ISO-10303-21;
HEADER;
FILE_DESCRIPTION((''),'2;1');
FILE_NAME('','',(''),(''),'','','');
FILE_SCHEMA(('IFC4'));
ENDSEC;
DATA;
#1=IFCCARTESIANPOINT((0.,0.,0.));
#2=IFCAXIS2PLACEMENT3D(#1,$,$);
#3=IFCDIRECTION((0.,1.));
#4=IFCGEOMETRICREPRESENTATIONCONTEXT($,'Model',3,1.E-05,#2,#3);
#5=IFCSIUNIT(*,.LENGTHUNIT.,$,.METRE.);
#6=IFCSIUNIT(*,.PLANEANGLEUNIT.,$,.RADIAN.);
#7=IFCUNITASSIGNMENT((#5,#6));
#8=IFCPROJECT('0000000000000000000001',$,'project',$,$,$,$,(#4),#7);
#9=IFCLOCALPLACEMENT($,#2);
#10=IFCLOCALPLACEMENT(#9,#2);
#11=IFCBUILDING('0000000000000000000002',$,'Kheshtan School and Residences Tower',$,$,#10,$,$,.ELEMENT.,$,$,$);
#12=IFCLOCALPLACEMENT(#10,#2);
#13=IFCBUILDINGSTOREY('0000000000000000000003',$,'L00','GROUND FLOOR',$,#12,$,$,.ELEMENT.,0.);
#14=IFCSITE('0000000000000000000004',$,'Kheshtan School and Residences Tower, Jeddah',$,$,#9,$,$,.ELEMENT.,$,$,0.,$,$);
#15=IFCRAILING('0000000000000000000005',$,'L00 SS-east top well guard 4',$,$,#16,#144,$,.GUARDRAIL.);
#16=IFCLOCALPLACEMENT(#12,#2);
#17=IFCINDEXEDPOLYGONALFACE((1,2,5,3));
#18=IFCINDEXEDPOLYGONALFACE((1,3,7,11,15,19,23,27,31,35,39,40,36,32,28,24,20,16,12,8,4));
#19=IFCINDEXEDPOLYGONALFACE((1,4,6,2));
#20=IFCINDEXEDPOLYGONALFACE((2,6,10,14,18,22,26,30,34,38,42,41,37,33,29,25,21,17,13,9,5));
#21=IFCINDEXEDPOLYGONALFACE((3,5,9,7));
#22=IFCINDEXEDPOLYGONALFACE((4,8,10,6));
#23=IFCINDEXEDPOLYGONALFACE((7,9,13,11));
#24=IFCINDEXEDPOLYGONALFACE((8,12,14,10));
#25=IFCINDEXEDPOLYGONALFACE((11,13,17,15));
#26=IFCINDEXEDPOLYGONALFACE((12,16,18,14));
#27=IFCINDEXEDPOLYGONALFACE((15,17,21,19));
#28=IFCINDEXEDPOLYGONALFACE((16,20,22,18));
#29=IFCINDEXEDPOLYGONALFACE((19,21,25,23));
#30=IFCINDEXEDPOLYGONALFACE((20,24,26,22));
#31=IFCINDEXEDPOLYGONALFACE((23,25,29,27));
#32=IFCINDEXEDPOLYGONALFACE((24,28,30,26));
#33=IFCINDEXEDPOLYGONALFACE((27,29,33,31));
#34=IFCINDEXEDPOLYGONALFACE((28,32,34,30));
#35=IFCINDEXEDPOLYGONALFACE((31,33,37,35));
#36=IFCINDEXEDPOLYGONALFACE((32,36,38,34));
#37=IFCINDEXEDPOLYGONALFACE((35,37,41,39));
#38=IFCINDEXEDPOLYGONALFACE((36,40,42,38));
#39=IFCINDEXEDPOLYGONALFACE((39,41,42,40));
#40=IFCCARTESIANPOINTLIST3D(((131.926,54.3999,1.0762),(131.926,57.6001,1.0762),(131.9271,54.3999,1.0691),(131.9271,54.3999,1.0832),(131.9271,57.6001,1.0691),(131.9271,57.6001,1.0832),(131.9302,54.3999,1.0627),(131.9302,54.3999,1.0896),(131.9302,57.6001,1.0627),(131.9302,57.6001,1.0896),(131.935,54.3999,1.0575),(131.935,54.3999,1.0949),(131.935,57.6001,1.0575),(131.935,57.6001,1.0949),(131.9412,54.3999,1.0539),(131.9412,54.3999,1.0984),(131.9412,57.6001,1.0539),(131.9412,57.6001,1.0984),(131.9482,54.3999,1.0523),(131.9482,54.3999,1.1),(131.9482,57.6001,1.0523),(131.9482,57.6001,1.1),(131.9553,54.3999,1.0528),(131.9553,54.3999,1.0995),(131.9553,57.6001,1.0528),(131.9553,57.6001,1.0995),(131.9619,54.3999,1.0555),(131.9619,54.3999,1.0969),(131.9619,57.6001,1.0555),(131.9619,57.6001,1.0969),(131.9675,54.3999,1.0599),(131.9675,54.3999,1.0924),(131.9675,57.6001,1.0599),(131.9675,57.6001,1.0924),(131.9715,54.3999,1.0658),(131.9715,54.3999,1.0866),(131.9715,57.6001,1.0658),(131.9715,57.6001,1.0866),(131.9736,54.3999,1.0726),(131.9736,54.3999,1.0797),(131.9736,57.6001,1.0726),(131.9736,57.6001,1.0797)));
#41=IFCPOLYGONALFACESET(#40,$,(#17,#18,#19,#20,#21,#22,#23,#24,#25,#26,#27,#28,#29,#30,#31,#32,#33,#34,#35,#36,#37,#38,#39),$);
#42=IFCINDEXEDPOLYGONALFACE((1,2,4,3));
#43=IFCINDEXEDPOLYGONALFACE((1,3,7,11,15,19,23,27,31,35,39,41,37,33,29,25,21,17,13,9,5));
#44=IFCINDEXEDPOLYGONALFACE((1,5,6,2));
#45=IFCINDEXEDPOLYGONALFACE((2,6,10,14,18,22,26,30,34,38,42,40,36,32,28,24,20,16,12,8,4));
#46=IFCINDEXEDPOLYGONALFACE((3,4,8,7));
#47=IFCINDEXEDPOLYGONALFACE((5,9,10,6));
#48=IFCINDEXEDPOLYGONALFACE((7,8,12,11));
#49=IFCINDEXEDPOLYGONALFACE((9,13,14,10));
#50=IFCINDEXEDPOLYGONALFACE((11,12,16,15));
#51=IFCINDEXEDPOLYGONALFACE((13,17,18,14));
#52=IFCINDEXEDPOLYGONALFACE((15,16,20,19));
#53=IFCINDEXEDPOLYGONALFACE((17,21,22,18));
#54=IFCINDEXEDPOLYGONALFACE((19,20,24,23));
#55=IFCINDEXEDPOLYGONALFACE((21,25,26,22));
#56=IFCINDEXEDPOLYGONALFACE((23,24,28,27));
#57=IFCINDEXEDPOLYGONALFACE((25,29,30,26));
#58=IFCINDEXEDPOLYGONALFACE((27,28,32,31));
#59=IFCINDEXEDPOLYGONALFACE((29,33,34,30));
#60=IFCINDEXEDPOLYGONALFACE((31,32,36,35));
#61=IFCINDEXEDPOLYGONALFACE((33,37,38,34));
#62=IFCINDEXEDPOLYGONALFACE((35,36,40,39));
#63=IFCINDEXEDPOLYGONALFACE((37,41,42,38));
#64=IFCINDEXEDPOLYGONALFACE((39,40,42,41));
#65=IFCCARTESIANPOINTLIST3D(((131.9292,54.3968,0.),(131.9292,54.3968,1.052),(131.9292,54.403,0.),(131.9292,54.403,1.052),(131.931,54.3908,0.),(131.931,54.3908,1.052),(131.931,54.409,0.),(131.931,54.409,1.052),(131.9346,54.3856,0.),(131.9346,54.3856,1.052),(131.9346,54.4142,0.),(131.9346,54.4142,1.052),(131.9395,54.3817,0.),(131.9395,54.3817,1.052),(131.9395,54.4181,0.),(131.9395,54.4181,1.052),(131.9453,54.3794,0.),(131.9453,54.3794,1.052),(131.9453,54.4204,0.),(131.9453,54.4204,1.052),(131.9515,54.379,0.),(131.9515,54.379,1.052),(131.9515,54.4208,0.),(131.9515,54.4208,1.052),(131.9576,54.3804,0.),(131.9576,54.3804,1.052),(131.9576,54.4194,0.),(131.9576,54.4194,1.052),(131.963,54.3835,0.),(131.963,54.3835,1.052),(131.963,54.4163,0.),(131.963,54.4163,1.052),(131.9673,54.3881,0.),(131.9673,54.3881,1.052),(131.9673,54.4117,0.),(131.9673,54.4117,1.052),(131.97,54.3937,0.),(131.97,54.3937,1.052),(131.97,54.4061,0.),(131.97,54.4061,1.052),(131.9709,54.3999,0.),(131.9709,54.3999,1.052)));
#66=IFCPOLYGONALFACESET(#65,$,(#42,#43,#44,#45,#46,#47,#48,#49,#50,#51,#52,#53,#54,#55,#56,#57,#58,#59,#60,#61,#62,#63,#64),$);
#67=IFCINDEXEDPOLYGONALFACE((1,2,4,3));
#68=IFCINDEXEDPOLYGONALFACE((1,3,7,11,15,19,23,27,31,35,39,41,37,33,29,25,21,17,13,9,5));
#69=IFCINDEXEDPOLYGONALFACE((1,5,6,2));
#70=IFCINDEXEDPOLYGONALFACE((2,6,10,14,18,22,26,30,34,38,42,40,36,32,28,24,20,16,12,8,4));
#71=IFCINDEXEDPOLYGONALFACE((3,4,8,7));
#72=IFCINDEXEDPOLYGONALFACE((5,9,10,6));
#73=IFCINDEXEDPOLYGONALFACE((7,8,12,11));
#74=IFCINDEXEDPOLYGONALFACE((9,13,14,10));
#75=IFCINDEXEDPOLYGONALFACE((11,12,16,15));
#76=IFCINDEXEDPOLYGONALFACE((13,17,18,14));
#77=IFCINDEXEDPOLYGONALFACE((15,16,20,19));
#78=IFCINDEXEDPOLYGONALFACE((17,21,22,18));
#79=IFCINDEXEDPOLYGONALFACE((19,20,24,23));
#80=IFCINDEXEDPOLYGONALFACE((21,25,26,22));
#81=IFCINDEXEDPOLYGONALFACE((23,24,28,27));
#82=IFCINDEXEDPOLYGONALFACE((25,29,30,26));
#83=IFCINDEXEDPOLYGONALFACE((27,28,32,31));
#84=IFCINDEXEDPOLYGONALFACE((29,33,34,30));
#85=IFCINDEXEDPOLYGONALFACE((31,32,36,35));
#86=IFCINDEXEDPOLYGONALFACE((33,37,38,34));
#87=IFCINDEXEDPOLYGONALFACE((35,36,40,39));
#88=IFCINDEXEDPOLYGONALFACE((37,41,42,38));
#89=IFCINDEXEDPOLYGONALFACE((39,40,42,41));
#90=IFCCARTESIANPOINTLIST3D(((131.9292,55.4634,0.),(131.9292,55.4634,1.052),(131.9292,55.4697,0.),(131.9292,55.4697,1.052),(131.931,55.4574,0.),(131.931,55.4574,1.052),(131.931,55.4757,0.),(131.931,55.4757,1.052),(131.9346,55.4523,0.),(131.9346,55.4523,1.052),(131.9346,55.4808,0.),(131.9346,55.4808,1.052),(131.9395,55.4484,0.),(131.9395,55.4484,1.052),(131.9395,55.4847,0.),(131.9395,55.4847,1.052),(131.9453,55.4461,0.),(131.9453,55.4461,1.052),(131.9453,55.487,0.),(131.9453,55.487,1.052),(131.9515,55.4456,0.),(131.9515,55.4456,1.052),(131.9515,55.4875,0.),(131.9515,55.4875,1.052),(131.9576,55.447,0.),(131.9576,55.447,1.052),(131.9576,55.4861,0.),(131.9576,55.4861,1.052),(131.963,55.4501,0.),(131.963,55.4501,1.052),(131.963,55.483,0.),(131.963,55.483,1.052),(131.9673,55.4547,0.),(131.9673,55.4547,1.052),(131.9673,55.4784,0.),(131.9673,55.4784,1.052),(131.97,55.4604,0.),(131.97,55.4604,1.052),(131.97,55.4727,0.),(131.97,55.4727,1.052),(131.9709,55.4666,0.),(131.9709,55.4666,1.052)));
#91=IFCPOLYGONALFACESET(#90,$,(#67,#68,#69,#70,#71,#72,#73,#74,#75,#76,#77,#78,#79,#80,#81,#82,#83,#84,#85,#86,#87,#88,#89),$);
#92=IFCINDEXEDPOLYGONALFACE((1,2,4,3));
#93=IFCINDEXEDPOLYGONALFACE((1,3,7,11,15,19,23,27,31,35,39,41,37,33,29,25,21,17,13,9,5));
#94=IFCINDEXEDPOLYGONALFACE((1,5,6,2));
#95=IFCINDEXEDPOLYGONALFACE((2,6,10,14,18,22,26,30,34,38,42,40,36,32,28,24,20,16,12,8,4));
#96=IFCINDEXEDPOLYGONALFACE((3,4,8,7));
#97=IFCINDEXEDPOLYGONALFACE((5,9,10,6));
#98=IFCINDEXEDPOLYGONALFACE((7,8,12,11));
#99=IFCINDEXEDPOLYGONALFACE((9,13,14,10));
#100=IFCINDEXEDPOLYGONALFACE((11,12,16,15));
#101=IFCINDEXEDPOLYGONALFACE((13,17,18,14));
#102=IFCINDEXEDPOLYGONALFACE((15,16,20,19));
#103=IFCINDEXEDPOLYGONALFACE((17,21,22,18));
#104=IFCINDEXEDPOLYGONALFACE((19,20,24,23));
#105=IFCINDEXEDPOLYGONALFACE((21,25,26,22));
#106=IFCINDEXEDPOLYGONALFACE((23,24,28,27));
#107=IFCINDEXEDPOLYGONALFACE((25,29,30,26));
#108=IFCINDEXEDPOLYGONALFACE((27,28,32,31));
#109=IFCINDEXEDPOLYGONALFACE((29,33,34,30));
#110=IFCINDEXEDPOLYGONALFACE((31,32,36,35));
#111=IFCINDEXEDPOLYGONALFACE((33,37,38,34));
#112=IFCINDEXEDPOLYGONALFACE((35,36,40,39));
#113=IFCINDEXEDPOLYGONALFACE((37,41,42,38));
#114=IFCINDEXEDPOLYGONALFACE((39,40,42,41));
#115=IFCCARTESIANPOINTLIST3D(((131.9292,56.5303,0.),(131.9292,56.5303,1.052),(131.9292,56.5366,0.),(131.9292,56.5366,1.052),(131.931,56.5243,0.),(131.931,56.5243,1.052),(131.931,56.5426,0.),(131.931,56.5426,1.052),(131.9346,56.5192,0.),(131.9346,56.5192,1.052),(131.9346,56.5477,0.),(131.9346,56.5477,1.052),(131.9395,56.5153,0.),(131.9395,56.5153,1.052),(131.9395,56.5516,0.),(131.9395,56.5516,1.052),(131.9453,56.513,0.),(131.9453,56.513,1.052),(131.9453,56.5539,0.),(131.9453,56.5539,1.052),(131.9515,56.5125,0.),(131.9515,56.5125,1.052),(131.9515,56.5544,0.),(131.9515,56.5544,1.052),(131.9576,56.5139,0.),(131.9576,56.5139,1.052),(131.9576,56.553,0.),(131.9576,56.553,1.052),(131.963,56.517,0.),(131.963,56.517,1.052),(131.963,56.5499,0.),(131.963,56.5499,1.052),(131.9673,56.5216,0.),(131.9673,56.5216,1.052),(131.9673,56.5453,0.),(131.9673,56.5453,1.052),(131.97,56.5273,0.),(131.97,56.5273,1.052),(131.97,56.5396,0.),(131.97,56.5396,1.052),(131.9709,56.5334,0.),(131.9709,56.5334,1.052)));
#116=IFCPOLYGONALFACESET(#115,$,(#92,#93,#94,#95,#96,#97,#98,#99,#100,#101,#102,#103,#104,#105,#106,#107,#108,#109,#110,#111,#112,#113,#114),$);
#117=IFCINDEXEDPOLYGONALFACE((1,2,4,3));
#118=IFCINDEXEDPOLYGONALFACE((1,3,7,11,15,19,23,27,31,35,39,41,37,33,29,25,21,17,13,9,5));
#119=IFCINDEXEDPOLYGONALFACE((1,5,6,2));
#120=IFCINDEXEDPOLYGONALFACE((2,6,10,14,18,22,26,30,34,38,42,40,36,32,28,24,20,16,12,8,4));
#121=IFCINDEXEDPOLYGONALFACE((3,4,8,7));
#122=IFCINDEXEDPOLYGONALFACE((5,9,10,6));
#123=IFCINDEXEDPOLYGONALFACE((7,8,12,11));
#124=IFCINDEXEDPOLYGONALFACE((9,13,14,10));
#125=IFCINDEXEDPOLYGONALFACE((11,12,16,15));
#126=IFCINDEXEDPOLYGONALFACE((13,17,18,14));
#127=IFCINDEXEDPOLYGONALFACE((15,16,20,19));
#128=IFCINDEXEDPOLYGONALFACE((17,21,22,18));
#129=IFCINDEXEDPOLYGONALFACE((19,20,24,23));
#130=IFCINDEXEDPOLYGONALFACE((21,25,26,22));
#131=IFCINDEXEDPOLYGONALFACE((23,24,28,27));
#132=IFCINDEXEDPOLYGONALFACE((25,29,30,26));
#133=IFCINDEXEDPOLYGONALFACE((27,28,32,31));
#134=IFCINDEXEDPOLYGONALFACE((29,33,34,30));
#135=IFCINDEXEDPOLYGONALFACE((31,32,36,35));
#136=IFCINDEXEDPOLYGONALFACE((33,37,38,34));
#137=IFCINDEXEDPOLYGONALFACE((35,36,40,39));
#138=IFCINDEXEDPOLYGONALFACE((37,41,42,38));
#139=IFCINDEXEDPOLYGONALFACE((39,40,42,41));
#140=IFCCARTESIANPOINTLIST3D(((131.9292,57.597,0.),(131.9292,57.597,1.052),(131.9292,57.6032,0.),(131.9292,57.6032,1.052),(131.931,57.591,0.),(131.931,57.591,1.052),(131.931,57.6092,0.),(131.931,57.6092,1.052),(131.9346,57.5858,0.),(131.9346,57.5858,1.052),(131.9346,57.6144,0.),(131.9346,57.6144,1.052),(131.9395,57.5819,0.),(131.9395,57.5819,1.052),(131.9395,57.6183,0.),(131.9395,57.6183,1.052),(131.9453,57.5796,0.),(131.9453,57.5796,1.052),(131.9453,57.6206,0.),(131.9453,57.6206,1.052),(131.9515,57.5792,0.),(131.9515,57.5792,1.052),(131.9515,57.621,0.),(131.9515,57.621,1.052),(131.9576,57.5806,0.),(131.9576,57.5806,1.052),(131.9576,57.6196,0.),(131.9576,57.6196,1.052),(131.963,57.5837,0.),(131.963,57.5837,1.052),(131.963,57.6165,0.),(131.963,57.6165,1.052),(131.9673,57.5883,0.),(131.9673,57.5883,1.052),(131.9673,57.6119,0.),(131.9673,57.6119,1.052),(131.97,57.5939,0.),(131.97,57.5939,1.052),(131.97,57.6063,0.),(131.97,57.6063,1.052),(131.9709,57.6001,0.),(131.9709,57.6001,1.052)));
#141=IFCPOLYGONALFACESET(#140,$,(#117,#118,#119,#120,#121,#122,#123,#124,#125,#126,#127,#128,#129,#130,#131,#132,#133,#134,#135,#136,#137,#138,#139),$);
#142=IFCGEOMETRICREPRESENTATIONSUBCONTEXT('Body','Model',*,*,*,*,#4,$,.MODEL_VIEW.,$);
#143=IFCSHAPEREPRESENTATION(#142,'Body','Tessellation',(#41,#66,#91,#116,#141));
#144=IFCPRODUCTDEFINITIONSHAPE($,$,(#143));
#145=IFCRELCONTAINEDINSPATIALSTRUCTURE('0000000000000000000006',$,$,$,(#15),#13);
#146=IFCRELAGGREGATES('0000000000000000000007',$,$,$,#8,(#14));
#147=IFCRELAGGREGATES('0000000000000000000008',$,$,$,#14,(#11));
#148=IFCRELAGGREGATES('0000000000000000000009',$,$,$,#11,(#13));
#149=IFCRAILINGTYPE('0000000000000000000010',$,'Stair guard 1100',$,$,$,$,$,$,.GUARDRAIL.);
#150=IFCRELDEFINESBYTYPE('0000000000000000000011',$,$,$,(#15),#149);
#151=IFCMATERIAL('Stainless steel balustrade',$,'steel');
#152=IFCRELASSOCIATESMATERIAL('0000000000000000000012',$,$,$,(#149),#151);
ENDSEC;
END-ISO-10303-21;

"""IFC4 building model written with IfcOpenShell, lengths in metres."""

from ifc_helpers import new_model, si_unit, direction, frame, origin, origin_2d, place, context, subcontext, project, spatial, circle, extrude, material, type_object, element, save


model = new_model("IFC4")

# Units and contexts
model_context = context("Model", 3, precision=1e-05, world=origin(), true_north=direction((0.0, 1.0)))
body_context = subcontext(model_context, "Body", "Model", "MODEL_VIEW")
ifc_project = project(units=[si_unit("LENGTHUNIT", "METRE"), si_unit("PLANEANGLEUNIT", "RADIAN")], contexts=[model_context])

# Site, building, storey
site_placement = place(None, origin())
site = spatial("IfcSite", under=ifc_project, at=site_placement, Name="Kheshtan School and Residences Tower, Jeddah", CompositionType="ELEMENT", RefElevation=0.0)
building_placement = place(site_placement, origin())
building = spatial("IfcBuilding", under=site, at=building_placement, Name="Kheshtan School and Residences Tower", CompositionType="ELEMENT")
storey_placement = place(building_placement, origin())
storey = spatial("IfcBuildingStorey", under=building, at=storey_placement, Name="L00", Description="GROUND FLOOR", CompositionType="ELEMENT", Elevation=0.0)

# Railing
ifc_material_1 = material(Name="Stainless steel balustrade", Category="steel")
railing_type_1 = type_object("IfcRailingType", Name="Stair guard 1100", PredefinedType="GUARDRAIL", material=ifc_material_1)
railing_1_placement = place(storey_placement, frame((131.95, 54.3999, 0.0)))
element("IfcRailing", 1, at=railing_1_placement, inside=storey, type_object=railing_type_1, Name="L00 SS-east top well guard 4", PredefinedType="GUARDRAIL", context=body_context, shape_type="SweptSolid", body=[
    extrude(circle(Radius=0.0239, at=origin_2d()), frame((0.0, 0.0, 1.0762), z_axis=(0.0, 1.0, 0.0), x_axis=(-1.0, 0.0, 0.0)), (0.0, 0.0, 1.0), 3.2002),
    extrude(circle(Radius=0.021, at=origin_2d()), origin(), (0.0, 0.0, 1.0), 1.052),
    extrude(circle(Radius=0.021, at=origin_2d()), frame((0.0, 1.0667, 0.0)), (0.0, 0.0, 1.0), 1.052),
    extrude(circle(Radius=0.021, at=origin_2d()), frame((0.0, 2.1335, 0.0)), (0.0, 0.0, 1.0), 1.052),
    extrude(circle(Radius=0.021, at=origin_2d()), frame((0.0, 3.2002, 0.0)), (0.0, 0.0, 1.0), 1.052),
])

save(model, "model.ifc")
